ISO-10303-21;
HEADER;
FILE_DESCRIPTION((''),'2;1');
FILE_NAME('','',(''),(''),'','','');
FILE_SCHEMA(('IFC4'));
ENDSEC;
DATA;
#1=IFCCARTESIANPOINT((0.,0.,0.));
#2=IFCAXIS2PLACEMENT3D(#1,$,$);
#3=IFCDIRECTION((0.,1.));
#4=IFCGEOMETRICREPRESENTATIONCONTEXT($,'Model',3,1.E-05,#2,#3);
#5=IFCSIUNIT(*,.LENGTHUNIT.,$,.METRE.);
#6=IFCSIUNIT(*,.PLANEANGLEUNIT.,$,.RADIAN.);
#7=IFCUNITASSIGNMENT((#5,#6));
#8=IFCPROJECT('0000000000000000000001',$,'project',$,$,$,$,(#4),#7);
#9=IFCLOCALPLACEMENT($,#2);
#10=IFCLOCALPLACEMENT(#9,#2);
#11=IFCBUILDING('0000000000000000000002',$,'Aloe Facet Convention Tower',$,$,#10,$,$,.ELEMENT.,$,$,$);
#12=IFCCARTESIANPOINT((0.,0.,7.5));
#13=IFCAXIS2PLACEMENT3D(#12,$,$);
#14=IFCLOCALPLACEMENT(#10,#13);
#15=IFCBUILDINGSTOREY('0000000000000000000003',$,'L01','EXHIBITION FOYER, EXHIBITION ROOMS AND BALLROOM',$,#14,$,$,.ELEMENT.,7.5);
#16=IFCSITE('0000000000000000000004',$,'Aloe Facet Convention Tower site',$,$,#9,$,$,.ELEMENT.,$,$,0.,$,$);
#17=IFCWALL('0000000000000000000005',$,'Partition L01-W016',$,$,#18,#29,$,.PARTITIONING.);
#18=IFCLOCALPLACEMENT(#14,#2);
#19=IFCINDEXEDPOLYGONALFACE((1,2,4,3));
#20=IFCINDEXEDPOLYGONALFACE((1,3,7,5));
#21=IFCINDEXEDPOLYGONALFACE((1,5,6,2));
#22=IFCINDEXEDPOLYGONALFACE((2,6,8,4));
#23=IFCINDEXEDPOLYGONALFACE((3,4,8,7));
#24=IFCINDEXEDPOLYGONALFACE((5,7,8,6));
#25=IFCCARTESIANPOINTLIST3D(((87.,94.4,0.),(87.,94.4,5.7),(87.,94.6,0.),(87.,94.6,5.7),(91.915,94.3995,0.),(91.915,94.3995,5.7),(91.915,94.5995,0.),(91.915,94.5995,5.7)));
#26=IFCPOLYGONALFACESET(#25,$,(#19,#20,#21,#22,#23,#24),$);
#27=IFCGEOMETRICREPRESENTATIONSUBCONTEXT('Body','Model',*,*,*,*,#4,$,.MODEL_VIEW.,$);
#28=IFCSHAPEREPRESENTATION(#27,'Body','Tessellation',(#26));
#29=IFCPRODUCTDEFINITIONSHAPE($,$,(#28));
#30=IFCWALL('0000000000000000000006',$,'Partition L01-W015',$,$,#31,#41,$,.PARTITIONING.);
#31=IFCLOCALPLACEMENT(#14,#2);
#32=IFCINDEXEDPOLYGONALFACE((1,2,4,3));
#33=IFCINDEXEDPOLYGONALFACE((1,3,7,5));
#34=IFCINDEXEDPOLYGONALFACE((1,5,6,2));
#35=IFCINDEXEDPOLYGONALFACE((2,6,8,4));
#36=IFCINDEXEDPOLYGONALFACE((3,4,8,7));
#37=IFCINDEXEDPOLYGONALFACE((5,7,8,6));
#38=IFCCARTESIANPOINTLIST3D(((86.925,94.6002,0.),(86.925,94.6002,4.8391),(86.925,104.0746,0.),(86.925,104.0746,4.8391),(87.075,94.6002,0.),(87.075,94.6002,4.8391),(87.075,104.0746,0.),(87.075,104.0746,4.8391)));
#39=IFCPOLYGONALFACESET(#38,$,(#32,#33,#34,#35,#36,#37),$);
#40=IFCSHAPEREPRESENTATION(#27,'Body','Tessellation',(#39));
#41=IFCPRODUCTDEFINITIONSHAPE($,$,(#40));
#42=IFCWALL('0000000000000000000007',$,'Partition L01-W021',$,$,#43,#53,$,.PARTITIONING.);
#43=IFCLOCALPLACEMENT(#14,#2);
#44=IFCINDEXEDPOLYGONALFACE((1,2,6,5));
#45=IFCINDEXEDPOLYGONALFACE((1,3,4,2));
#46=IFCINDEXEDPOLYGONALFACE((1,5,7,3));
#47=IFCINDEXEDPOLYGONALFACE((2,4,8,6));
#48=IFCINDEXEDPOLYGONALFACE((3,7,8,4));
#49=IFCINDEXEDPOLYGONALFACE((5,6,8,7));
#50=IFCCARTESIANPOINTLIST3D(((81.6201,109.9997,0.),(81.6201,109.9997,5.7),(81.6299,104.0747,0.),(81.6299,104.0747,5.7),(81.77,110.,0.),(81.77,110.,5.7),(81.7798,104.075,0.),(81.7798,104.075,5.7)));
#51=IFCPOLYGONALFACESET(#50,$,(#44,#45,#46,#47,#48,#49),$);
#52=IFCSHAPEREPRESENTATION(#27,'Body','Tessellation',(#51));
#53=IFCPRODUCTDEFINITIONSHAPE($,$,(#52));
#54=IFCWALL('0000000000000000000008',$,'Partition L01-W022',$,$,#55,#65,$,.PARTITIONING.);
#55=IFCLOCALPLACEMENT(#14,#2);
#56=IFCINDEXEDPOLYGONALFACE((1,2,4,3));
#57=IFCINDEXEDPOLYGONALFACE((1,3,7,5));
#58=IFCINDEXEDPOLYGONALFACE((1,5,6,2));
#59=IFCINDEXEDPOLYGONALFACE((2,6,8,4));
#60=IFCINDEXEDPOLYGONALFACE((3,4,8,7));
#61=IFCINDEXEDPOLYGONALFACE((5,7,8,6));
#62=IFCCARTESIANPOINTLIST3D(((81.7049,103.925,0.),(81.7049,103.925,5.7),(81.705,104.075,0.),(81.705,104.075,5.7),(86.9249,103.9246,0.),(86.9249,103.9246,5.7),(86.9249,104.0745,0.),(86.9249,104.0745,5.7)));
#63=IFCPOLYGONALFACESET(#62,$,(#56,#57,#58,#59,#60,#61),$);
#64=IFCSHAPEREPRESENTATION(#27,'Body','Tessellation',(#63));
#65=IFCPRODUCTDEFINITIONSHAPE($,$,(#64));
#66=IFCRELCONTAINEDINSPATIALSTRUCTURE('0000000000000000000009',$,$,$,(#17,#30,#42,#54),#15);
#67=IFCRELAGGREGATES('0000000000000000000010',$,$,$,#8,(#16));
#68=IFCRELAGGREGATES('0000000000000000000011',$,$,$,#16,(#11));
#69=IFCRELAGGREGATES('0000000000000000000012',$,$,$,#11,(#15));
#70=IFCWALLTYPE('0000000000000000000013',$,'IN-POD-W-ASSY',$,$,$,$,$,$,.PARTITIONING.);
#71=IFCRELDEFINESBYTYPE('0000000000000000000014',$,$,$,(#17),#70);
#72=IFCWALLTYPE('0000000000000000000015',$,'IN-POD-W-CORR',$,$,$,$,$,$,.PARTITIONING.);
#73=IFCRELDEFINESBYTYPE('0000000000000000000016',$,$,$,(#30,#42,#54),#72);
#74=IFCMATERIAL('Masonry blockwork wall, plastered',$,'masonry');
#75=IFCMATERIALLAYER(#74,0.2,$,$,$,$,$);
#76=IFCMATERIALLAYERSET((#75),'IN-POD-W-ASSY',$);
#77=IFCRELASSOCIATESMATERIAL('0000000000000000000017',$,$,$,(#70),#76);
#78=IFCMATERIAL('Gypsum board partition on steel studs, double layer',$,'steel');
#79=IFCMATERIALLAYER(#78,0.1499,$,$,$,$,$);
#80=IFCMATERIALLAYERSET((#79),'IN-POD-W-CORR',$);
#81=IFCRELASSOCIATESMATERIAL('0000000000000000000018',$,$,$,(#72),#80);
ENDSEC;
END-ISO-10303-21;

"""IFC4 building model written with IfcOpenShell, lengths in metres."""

from ifc_helpers import new_model, si_unit, direction, frame, frame_2d, origin, place, context, subcontext, project, spatial, rectangle, extrude, material, layer, layer_set, type_object, element, save


model = new_model("IFC4")

# Units and contexts
model_context = context("Model", 3, precision=1e-05, world=origin(), true_north=direction((0.0, 1.0)))
body_context = subcontext(model_context, "Body", "Model", "MODEL_VIEW")
ifc_project = project(units=[si_unit("LENGTHUNIT", "METRE"), si_unit("PLANEANGLEUNIT", "RADIAN")], contexts=[model_context])

# Site, building, storey
site_placement = place(None, origin())
site = spatial("IfcSite", under=ifc_project, at=site_placement, Name="Aloe Facet Convention Tower site", CompositionType="ELEMENT", RefElevation=0.0)
building_placement = place(site_placement, origin())
building = spatial("IfcBuilding", under=site, at=building_placement, Name="Aloe Facet Convention Tower", CompositionType="ELEMENT")
storey_placement = place(building_placement, frame((0.0, 0.0, 7.5)))
storey = spatial("IfcBuildingStorey", under=building, at=storey_placement, Name="L01", Description="EXHIBITION FOYER, EXHIBITION ROOMS AND BALLROOM", CompositionType="ELEMENT", Elevation=7.5)

# Shared definitions
ifc_material_1 = material(Name="Masonry blockwork wall, plastered", Category="masonry")
ifc_layer_1 = layer(ifc_material_1, 0.2)
ifc_layer_set_1 = layer_set([ifc_layer_1], Name="IN-POD-W-ASSY")
wall_type_1 = type_object("IfcWallType", Name="IN-POD-W-ASSY", PredefinedType="PARTITIONING", material=ifc_layer_set_1)

# Walls
wall_1_placement = place(storey_placement, frame((87.0, 94.5, 0.0), z_axis=(0.0, 0.0, 1.0), x_axis=(1.0, -0.000099, 0.0)))
element("IfcWall", 1, at=wall_1_placement, inside=storey, type_object=wall_type_1, Name="Partition L01-W016", PredefinedType="PARTITIONING", context=body_context, shape_type="SweptSolid", body=[
    extrude(rectangle(XDim=4.915, YDim=0.2, at=frame_2d((2.4575, 0.0))), origin(), (0.0, 0.0, 1.0), 5.7),
])
ifc_material_2 = material(Name="Gypsum board partition on steel studs, double layer", Category="steel")
ifc_layer_2 = layer(ifc_material_2, 0.1499)
ifc_layer_set_2 = layer_set([ifc_layer_2], Name="IN-POD-W-CORR")
wall_type_2 = type_object("IfcWallType", Name="IN-POD-W-CORR", PredefinedType="PARTITIONING", material=ifc_layer_set_2)
wall_2_placement = place(storey_placement, frame((87.0, 94.6001, 0.0), z_axis=(0.0, 0.0, 1.0), x_axis=(0.0, 1.0, 0.0)))
element("IfcWall", 2, at=wall_2_placement, inside=storey, type_object=wall_type_2, Name="Partition L01-W015", PredefinedType="PARTITIONING", context=body_context, shape_type="SweptSolid", body=[
    extrude(rectangle(XDim=9.4744, YDim=0.1499, at=frame_2d((4.7373, 0.0))), origin(), (0.0, 0.0, 1.0), 4.8391),
])
wall_3_placement = place(storey_placement, frame((81.7048, 104.075, 0.0), z_axis=(0.0, 0.0, 1.0), x_axis=(-0.001648, 0.999999, 0.0)))
element("IfcWall", 3, at=wall_3_placement, inside=storey, type_object=wall_type_2, Name="Partition L01-W021", PredefinedType="PARTITIONING", context=body_context, shape_type="SweptSolid", body=[
    extrude(rectangle(XDim=5.925, YDim=0.1499, at=frame_2d((2.9624, 0.0))), origin(), (0.0, 0.0, 1.0), 5.7),
])
wall_4_placement = place(storey_placement, frame((81.7051, 104.0, 0.0), z_axis=(0.0, 0.0, 1.0), x_axis=(1.0, -0.000094, 0.0)))
element("IfcWall", 4, at=wall_4_placement, inside=storey, type_object=wall_type_2, Name="Partition L01-W022", PredefinedType="PARTITIONING", context=body_context, shape_type="SweptSolid", body=[
    extrude(rectangle(XDim=5.22, YDim=0.1499, at=frame_2d((2.6099, 0.0))), origin(), (0.0, 0.0, 1.0), 5.7),
])

save(model, "model.ifc")
